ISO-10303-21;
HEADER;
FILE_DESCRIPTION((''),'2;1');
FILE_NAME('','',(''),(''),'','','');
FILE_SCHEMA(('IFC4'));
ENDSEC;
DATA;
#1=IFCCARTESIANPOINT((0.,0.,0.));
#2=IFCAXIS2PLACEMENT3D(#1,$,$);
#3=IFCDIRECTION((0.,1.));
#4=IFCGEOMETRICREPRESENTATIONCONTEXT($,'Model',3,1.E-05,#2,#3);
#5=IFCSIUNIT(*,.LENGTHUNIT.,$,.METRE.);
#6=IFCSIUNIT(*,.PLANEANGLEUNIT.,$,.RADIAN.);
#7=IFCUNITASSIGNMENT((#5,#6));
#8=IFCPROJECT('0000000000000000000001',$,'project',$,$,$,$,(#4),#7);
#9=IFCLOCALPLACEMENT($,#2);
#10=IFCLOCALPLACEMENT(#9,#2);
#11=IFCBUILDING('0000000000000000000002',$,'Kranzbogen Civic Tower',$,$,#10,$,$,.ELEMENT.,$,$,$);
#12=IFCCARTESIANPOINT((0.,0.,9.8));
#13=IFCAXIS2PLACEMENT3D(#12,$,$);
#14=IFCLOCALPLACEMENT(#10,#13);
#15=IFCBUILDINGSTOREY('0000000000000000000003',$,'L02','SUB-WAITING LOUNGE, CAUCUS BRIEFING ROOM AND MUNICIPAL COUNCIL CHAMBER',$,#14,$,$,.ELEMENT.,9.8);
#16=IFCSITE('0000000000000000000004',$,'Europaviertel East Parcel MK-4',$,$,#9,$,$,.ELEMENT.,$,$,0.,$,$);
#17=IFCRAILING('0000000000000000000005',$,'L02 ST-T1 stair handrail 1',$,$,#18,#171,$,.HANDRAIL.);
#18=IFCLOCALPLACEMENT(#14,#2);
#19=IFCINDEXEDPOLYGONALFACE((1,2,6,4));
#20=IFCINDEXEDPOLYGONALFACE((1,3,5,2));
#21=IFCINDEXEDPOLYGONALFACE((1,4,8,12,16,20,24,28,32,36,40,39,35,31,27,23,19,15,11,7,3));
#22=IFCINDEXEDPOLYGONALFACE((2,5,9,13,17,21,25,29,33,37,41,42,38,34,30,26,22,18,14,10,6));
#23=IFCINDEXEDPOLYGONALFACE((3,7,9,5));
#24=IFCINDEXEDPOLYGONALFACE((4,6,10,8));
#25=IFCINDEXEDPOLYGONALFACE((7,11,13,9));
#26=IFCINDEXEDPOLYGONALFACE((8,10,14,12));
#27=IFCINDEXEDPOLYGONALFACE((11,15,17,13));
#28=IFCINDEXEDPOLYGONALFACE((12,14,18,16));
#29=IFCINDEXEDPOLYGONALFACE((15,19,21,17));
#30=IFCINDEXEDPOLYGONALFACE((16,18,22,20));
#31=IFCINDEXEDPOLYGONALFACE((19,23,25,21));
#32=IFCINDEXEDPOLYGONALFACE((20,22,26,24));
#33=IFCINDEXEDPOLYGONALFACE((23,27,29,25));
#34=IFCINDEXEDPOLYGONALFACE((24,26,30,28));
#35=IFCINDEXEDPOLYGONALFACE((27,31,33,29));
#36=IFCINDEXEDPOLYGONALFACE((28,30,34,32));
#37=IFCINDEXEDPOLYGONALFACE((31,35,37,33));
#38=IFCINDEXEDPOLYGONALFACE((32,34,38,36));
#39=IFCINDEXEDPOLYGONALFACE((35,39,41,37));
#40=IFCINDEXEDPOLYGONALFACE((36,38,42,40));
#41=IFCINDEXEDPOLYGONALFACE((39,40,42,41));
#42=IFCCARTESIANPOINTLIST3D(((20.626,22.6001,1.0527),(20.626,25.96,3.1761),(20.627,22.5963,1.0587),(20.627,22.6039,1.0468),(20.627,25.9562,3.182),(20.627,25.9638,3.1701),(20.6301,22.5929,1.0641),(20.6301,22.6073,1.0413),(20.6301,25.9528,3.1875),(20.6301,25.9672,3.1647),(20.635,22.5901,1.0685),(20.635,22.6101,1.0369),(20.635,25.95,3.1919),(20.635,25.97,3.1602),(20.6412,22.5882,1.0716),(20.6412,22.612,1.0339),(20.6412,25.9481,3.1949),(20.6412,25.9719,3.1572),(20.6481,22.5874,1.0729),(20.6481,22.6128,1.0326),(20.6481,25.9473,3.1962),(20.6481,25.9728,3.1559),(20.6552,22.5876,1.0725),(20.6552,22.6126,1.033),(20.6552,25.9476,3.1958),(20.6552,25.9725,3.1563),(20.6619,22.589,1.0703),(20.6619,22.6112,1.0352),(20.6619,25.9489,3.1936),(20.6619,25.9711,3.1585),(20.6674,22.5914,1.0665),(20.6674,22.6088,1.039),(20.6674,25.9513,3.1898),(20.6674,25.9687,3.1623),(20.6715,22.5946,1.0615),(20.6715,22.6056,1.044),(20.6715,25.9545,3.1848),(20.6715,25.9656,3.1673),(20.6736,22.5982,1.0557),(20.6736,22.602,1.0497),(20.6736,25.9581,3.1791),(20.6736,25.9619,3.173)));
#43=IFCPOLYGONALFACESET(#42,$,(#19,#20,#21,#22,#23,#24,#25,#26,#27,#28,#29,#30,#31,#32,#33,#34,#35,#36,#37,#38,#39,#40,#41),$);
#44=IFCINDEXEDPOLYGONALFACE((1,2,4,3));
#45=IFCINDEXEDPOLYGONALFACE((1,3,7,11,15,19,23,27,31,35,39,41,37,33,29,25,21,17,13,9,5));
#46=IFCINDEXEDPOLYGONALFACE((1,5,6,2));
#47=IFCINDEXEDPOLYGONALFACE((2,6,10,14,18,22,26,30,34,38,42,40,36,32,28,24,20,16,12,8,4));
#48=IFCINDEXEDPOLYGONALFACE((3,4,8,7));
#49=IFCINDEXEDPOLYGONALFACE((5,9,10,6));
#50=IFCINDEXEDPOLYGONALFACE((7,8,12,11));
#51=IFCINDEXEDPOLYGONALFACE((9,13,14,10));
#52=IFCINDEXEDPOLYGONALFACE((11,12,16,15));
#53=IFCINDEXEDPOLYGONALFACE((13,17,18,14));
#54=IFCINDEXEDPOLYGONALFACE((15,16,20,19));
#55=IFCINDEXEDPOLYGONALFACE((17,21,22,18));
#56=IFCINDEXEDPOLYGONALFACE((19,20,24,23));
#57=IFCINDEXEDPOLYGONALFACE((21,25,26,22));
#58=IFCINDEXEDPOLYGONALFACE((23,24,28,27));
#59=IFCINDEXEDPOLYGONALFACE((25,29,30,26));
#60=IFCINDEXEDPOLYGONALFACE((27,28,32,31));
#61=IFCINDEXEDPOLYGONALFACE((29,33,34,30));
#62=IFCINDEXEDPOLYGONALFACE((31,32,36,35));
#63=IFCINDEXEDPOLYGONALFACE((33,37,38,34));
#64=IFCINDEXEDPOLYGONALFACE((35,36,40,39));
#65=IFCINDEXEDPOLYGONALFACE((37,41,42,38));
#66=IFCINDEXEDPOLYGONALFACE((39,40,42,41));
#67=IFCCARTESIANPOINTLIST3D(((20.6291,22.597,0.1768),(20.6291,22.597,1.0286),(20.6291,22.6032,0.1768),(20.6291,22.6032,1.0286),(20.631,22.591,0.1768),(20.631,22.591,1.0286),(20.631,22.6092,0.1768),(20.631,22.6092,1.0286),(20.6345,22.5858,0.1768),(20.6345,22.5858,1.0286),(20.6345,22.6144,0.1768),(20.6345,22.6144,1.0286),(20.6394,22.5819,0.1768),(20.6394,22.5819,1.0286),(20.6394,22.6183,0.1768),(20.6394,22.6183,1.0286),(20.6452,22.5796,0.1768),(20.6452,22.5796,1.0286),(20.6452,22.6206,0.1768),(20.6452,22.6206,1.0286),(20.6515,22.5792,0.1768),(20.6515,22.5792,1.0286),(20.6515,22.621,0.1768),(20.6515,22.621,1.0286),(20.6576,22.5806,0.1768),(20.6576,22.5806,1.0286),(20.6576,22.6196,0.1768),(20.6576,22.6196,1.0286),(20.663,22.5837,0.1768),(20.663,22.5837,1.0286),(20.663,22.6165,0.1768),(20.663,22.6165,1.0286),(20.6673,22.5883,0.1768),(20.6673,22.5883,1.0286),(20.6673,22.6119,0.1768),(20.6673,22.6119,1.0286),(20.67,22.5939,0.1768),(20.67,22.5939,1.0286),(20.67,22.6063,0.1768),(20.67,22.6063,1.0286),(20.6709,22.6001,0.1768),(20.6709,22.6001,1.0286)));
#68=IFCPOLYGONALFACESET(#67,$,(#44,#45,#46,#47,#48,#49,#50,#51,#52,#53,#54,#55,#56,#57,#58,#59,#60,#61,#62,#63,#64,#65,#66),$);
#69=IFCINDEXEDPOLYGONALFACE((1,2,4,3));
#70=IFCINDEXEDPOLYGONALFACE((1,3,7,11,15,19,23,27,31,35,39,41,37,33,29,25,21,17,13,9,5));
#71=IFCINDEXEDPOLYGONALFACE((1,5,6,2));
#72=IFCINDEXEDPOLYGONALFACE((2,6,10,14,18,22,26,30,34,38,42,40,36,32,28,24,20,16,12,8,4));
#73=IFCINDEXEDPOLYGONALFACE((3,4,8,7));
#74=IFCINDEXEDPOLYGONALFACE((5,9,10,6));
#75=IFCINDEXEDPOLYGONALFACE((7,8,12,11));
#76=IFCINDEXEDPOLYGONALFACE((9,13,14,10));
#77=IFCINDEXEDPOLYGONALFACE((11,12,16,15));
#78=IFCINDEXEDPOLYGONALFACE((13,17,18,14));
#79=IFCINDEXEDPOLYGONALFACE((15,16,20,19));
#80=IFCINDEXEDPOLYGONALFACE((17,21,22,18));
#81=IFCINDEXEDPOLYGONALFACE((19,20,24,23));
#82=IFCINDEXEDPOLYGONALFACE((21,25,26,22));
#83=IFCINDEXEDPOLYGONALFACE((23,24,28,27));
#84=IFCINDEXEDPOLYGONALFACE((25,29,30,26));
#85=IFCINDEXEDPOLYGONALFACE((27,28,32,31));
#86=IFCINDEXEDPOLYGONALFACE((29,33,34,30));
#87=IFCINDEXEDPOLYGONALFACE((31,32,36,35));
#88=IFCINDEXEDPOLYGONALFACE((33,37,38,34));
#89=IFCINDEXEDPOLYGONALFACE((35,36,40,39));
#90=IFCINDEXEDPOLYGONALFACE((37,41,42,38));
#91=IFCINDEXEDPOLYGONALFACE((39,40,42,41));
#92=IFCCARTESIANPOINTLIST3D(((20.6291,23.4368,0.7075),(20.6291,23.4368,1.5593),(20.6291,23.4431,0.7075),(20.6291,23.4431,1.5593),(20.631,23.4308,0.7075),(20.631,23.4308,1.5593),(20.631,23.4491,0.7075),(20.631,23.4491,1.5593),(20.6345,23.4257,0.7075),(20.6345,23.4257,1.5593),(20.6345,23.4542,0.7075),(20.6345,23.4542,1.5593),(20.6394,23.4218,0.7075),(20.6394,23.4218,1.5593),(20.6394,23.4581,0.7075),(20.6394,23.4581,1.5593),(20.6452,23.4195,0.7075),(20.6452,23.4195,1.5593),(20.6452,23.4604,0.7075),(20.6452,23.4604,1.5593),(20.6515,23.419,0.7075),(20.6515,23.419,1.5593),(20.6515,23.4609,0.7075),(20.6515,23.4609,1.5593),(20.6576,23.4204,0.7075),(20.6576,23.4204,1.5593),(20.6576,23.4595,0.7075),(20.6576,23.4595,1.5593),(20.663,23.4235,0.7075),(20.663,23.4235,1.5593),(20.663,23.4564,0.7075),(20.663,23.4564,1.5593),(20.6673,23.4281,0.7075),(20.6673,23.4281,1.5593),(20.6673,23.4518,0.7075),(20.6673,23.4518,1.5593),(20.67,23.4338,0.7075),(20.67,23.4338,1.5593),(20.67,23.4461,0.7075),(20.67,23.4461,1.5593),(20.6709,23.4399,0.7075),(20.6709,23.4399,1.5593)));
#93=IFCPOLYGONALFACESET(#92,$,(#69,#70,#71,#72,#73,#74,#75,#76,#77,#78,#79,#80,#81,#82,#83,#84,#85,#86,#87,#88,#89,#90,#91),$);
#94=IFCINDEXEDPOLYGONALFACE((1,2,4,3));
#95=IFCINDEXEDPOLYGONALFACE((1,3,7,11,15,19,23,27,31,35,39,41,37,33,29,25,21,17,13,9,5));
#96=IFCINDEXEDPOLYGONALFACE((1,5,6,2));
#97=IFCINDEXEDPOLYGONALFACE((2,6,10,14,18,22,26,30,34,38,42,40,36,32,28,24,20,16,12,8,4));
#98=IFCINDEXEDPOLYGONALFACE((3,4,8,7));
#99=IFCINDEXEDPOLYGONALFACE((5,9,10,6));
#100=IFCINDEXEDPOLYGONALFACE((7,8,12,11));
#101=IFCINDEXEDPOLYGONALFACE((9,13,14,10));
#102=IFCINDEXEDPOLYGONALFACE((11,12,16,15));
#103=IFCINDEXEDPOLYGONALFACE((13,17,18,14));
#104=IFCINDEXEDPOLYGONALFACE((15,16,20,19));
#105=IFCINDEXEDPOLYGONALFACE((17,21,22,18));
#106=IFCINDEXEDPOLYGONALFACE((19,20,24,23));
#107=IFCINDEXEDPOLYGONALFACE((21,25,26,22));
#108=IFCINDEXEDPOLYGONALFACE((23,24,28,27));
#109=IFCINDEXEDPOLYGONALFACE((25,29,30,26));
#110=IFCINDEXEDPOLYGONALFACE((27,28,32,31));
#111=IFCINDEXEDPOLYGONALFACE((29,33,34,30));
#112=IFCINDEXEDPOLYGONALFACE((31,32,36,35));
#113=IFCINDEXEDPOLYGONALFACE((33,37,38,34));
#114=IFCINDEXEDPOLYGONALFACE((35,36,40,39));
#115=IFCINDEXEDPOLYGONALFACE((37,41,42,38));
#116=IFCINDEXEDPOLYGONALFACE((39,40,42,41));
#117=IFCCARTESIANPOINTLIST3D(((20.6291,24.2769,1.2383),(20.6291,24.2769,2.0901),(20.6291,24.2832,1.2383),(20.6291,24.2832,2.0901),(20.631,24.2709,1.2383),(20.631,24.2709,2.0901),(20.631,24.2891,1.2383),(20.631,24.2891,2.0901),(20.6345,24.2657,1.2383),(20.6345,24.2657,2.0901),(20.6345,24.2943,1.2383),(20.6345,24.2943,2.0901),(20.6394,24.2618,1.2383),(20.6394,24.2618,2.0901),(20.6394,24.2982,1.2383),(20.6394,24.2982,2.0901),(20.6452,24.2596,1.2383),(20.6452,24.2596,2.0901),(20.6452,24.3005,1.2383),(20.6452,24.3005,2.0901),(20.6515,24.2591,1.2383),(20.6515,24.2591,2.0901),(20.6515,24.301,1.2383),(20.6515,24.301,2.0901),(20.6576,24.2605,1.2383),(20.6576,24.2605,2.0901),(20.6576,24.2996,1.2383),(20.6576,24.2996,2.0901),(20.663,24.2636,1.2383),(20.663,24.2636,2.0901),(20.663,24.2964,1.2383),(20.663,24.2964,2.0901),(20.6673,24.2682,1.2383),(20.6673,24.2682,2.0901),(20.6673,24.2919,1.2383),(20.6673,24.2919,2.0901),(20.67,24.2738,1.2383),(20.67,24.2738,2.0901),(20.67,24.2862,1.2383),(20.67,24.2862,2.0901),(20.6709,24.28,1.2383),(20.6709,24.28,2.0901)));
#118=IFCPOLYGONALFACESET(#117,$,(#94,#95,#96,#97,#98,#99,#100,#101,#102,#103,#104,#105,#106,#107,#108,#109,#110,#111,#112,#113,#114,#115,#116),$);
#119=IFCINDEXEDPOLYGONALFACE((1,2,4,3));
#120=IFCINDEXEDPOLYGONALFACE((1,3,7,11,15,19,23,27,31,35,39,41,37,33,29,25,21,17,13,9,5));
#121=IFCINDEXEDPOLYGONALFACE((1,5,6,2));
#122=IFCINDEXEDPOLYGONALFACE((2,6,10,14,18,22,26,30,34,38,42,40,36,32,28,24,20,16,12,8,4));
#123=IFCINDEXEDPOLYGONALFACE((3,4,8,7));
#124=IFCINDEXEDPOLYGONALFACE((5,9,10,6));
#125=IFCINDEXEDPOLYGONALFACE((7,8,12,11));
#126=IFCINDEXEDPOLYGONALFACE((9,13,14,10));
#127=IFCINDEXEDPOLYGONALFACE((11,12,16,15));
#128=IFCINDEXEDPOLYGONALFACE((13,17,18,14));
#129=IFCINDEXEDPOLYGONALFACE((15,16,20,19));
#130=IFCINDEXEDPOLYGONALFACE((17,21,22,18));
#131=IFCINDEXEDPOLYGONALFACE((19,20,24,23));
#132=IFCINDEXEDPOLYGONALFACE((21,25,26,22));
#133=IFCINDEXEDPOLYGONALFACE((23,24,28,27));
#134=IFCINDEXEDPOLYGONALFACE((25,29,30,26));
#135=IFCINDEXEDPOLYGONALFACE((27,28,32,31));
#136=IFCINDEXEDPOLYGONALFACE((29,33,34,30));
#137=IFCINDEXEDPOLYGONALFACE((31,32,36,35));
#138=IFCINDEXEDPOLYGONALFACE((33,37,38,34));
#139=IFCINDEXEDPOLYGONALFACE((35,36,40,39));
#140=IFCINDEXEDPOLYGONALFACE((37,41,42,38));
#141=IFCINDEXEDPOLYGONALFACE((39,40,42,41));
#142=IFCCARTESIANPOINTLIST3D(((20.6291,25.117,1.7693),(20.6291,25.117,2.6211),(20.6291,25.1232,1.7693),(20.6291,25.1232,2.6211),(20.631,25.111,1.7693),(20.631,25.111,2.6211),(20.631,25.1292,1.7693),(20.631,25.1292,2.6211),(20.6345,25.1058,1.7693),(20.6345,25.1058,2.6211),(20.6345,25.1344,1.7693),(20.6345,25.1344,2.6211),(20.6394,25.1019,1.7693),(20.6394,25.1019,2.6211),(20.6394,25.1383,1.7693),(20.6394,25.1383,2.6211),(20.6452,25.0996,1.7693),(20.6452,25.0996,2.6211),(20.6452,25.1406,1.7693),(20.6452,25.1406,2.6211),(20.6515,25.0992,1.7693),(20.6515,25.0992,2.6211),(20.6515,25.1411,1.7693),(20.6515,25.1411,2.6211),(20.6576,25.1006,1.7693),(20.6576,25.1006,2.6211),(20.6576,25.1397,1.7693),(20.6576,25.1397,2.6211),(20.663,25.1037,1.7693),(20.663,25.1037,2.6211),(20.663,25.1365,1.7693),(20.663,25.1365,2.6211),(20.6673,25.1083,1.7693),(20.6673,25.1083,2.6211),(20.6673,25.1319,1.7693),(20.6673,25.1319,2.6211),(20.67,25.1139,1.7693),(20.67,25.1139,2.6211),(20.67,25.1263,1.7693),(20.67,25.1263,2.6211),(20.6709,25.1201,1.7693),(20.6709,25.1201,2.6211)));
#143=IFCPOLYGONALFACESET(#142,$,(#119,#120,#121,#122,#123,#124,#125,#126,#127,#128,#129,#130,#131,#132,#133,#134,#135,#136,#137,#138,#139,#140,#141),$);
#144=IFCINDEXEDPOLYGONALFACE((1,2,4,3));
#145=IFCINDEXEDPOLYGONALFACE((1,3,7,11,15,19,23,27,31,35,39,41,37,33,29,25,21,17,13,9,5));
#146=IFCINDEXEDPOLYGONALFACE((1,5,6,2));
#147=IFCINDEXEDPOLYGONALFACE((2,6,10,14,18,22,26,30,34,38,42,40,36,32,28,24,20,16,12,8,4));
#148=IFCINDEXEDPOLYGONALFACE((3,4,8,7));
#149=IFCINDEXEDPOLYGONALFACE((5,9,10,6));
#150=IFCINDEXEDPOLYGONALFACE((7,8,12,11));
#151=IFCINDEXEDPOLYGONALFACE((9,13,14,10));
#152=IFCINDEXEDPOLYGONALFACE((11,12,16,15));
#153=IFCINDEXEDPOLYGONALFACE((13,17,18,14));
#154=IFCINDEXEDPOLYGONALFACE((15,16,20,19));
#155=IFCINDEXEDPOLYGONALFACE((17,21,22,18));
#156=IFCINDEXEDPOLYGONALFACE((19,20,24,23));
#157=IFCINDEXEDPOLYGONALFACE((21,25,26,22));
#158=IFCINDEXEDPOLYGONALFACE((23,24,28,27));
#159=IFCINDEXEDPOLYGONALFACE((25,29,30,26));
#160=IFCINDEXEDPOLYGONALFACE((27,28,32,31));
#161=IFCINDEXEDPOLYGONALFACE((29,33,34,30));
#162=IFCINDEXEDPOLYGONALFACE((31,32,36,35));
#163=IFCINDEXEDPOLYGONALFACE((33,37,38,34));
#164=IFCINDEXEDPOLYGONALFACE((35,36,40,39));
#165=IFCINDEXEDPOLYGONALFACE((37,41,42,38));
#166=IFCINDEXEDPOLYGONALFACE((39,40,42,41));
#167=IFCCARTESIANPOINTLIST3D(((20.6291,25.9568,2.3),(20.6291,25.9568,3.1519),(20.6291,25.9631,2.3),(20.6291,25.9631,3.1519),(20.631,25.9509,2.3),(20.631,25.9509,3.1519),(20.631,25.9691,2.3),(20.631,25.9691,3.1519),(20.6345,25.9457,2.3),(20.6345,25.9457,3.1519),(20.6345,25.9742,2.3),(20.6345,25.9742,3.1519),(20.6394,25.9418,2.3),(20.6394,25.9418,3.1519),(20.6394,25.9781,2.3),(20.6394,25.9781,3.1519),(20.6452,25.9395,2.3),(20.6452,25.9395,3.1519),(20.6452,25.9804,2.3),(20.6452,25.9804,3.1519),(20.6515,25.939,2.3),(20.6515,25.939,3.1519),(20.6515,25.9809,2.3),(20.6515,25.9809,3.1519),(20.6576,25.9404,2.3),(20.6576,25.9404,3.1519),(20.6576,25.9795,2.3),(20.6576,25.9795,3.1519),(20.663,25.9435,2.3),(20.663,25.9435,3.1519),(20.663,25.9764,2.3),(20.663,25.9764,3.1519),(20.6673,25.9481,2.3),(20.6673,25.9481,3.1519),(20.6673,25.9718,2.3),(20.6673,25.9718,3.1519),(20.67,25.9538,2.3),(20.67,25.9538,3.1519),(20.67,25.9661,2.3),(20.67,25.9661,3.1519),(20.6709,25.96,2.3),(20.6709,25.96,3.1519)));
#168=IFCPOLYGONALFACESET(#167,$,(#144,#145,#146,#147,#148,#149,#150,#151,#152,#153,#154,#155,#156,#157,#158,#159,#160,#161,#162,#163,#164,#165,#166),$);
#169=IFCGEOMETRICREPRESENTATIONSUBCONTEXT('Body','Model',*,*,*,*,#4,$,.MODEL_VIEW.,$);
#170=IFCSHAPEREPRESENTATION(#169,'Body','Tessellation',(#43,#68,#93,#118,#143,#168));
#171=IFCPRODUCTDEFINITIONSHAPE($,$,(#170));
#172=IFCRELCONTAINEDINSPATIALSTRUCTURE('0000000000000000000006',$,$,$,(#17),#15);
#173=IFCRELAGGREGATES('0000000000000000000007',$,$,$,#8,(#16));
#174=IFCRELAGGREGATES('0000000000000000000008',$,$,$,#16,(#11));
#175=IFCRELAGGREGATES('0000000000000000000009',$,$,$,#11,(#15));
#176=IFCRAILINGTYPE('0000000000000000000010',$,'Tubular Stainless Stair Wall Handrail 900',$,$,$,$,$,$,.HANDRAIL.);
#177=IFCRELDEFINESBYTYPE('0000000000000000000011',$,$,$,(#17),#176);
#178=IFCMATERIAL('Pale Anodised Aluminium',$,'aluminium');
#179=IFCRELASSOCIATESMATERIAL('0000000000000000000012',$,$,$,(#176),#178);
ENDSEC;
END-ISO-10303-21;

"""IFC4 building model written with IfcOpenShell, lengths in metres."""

from ifc_helpers import new_model, si_unit, direction, frame, origin, origin_2d, place, context, subcontext, project, spatial, circle, extrude, material, type_object, element, save


model = new_model("IFC4")

# Units and contexts
model_context = context("Model", 3, precision=1e-05, world=origin(), true_north=direction((0.0, 1.0)))
body_context = subcontext(model_context, "Body", "Model", "MODEL_VIEW")
ifc_project = project(units=[si_unit("LENGTHUNIT", "METRE"), si_unit("PLANEANGLEUNIT", "RADIAN")], contexts=[model_context])

# Site, building, storey
site_placement = place(None, origin())
site = spatial("IfcSite", under=ifc_project, at=site_placement, Name="Europaviertel East Parcel MK-4", CompositionType="ELEMENT", RefElevation=0.0)
building_placement = place(site_placement, origin())
building = spatial("IfcBuilding", under=site, at=building_placement, Name="Kranzbogen Civic Tower", CompositionType="ELEMENT")
storey_placement = place(building_placement, frame((0.0, 0.0, 9.8)))
storey = spatial("IfcBuildingStorey", under=building, at=storey_placement, Name="L02", Description="SUB-WAITING LOUNGE, CAUCUS BRIEFING ROOM AND MUNICIPAL COUNCIL CHAMBER", CompositionType="ELEMENT", Elevation=9.8)

# Shared definitions
ifc_material_1 = material(Name="Pale Anodised Aluminium", Category="aluminium")

# Railing
railing_type_1 = type_object("IfcRailingType", Name="Tubular Stainless Stair Wall Handrail 900", PredefinedType="HANDRAIL", material=ifc_material_1)
railing_1_placement = place(storey_placement, frame((20.6499, 22.6001, 0.1768)))
element("IfcRailing", 1, at=railing_1_placement, inside=storey, type_object=railing_type_1, Name="L02 ST-T1 stair handrail 1", PredefinedType="HANDRAIL", context=body_context, shape_type="SweptSolid", body=[
    extrude(circle(Radius=0.0239, at=origin_2d()), frame((0.0, 0.0, 0.876), z_axis=(0.0, 0.845344, 0.534222), x_axis=(-1.0, 0.0, 0.0)), (0.0, 0.0, 1.0), 3.9746),
    extrude(circle(Radius=0.021, at=origin_2d()), origin(), (0.0, 0.0, 1.0), 0.8518),
    extrude(circle(Radius=0.021, at=origin_2d()), frame((0.0, 0.8398, 0.5308)), (0.0, 0.0, 1.0), 0.8518),
    extrude(circle(Radius=0.021, at=origin_2d()), frame((0.0, 1.6799, 1.0615)), (0.0, 0.0, 1.0), 0.8518),
    extrude(circle(Radius=0.021, at=origin_2d()), frame((0.0, 2.52, 1.5925)), (0.0, 0.0, 1.0), 0.8518),
    extrude(circle(Radius=0.021, at=origin_2d()), frame((0.0, 3.3599, 2.1233)), (0.0, 0.0, 1.0), 0.8518),
])

save(model, "model.ifc")
